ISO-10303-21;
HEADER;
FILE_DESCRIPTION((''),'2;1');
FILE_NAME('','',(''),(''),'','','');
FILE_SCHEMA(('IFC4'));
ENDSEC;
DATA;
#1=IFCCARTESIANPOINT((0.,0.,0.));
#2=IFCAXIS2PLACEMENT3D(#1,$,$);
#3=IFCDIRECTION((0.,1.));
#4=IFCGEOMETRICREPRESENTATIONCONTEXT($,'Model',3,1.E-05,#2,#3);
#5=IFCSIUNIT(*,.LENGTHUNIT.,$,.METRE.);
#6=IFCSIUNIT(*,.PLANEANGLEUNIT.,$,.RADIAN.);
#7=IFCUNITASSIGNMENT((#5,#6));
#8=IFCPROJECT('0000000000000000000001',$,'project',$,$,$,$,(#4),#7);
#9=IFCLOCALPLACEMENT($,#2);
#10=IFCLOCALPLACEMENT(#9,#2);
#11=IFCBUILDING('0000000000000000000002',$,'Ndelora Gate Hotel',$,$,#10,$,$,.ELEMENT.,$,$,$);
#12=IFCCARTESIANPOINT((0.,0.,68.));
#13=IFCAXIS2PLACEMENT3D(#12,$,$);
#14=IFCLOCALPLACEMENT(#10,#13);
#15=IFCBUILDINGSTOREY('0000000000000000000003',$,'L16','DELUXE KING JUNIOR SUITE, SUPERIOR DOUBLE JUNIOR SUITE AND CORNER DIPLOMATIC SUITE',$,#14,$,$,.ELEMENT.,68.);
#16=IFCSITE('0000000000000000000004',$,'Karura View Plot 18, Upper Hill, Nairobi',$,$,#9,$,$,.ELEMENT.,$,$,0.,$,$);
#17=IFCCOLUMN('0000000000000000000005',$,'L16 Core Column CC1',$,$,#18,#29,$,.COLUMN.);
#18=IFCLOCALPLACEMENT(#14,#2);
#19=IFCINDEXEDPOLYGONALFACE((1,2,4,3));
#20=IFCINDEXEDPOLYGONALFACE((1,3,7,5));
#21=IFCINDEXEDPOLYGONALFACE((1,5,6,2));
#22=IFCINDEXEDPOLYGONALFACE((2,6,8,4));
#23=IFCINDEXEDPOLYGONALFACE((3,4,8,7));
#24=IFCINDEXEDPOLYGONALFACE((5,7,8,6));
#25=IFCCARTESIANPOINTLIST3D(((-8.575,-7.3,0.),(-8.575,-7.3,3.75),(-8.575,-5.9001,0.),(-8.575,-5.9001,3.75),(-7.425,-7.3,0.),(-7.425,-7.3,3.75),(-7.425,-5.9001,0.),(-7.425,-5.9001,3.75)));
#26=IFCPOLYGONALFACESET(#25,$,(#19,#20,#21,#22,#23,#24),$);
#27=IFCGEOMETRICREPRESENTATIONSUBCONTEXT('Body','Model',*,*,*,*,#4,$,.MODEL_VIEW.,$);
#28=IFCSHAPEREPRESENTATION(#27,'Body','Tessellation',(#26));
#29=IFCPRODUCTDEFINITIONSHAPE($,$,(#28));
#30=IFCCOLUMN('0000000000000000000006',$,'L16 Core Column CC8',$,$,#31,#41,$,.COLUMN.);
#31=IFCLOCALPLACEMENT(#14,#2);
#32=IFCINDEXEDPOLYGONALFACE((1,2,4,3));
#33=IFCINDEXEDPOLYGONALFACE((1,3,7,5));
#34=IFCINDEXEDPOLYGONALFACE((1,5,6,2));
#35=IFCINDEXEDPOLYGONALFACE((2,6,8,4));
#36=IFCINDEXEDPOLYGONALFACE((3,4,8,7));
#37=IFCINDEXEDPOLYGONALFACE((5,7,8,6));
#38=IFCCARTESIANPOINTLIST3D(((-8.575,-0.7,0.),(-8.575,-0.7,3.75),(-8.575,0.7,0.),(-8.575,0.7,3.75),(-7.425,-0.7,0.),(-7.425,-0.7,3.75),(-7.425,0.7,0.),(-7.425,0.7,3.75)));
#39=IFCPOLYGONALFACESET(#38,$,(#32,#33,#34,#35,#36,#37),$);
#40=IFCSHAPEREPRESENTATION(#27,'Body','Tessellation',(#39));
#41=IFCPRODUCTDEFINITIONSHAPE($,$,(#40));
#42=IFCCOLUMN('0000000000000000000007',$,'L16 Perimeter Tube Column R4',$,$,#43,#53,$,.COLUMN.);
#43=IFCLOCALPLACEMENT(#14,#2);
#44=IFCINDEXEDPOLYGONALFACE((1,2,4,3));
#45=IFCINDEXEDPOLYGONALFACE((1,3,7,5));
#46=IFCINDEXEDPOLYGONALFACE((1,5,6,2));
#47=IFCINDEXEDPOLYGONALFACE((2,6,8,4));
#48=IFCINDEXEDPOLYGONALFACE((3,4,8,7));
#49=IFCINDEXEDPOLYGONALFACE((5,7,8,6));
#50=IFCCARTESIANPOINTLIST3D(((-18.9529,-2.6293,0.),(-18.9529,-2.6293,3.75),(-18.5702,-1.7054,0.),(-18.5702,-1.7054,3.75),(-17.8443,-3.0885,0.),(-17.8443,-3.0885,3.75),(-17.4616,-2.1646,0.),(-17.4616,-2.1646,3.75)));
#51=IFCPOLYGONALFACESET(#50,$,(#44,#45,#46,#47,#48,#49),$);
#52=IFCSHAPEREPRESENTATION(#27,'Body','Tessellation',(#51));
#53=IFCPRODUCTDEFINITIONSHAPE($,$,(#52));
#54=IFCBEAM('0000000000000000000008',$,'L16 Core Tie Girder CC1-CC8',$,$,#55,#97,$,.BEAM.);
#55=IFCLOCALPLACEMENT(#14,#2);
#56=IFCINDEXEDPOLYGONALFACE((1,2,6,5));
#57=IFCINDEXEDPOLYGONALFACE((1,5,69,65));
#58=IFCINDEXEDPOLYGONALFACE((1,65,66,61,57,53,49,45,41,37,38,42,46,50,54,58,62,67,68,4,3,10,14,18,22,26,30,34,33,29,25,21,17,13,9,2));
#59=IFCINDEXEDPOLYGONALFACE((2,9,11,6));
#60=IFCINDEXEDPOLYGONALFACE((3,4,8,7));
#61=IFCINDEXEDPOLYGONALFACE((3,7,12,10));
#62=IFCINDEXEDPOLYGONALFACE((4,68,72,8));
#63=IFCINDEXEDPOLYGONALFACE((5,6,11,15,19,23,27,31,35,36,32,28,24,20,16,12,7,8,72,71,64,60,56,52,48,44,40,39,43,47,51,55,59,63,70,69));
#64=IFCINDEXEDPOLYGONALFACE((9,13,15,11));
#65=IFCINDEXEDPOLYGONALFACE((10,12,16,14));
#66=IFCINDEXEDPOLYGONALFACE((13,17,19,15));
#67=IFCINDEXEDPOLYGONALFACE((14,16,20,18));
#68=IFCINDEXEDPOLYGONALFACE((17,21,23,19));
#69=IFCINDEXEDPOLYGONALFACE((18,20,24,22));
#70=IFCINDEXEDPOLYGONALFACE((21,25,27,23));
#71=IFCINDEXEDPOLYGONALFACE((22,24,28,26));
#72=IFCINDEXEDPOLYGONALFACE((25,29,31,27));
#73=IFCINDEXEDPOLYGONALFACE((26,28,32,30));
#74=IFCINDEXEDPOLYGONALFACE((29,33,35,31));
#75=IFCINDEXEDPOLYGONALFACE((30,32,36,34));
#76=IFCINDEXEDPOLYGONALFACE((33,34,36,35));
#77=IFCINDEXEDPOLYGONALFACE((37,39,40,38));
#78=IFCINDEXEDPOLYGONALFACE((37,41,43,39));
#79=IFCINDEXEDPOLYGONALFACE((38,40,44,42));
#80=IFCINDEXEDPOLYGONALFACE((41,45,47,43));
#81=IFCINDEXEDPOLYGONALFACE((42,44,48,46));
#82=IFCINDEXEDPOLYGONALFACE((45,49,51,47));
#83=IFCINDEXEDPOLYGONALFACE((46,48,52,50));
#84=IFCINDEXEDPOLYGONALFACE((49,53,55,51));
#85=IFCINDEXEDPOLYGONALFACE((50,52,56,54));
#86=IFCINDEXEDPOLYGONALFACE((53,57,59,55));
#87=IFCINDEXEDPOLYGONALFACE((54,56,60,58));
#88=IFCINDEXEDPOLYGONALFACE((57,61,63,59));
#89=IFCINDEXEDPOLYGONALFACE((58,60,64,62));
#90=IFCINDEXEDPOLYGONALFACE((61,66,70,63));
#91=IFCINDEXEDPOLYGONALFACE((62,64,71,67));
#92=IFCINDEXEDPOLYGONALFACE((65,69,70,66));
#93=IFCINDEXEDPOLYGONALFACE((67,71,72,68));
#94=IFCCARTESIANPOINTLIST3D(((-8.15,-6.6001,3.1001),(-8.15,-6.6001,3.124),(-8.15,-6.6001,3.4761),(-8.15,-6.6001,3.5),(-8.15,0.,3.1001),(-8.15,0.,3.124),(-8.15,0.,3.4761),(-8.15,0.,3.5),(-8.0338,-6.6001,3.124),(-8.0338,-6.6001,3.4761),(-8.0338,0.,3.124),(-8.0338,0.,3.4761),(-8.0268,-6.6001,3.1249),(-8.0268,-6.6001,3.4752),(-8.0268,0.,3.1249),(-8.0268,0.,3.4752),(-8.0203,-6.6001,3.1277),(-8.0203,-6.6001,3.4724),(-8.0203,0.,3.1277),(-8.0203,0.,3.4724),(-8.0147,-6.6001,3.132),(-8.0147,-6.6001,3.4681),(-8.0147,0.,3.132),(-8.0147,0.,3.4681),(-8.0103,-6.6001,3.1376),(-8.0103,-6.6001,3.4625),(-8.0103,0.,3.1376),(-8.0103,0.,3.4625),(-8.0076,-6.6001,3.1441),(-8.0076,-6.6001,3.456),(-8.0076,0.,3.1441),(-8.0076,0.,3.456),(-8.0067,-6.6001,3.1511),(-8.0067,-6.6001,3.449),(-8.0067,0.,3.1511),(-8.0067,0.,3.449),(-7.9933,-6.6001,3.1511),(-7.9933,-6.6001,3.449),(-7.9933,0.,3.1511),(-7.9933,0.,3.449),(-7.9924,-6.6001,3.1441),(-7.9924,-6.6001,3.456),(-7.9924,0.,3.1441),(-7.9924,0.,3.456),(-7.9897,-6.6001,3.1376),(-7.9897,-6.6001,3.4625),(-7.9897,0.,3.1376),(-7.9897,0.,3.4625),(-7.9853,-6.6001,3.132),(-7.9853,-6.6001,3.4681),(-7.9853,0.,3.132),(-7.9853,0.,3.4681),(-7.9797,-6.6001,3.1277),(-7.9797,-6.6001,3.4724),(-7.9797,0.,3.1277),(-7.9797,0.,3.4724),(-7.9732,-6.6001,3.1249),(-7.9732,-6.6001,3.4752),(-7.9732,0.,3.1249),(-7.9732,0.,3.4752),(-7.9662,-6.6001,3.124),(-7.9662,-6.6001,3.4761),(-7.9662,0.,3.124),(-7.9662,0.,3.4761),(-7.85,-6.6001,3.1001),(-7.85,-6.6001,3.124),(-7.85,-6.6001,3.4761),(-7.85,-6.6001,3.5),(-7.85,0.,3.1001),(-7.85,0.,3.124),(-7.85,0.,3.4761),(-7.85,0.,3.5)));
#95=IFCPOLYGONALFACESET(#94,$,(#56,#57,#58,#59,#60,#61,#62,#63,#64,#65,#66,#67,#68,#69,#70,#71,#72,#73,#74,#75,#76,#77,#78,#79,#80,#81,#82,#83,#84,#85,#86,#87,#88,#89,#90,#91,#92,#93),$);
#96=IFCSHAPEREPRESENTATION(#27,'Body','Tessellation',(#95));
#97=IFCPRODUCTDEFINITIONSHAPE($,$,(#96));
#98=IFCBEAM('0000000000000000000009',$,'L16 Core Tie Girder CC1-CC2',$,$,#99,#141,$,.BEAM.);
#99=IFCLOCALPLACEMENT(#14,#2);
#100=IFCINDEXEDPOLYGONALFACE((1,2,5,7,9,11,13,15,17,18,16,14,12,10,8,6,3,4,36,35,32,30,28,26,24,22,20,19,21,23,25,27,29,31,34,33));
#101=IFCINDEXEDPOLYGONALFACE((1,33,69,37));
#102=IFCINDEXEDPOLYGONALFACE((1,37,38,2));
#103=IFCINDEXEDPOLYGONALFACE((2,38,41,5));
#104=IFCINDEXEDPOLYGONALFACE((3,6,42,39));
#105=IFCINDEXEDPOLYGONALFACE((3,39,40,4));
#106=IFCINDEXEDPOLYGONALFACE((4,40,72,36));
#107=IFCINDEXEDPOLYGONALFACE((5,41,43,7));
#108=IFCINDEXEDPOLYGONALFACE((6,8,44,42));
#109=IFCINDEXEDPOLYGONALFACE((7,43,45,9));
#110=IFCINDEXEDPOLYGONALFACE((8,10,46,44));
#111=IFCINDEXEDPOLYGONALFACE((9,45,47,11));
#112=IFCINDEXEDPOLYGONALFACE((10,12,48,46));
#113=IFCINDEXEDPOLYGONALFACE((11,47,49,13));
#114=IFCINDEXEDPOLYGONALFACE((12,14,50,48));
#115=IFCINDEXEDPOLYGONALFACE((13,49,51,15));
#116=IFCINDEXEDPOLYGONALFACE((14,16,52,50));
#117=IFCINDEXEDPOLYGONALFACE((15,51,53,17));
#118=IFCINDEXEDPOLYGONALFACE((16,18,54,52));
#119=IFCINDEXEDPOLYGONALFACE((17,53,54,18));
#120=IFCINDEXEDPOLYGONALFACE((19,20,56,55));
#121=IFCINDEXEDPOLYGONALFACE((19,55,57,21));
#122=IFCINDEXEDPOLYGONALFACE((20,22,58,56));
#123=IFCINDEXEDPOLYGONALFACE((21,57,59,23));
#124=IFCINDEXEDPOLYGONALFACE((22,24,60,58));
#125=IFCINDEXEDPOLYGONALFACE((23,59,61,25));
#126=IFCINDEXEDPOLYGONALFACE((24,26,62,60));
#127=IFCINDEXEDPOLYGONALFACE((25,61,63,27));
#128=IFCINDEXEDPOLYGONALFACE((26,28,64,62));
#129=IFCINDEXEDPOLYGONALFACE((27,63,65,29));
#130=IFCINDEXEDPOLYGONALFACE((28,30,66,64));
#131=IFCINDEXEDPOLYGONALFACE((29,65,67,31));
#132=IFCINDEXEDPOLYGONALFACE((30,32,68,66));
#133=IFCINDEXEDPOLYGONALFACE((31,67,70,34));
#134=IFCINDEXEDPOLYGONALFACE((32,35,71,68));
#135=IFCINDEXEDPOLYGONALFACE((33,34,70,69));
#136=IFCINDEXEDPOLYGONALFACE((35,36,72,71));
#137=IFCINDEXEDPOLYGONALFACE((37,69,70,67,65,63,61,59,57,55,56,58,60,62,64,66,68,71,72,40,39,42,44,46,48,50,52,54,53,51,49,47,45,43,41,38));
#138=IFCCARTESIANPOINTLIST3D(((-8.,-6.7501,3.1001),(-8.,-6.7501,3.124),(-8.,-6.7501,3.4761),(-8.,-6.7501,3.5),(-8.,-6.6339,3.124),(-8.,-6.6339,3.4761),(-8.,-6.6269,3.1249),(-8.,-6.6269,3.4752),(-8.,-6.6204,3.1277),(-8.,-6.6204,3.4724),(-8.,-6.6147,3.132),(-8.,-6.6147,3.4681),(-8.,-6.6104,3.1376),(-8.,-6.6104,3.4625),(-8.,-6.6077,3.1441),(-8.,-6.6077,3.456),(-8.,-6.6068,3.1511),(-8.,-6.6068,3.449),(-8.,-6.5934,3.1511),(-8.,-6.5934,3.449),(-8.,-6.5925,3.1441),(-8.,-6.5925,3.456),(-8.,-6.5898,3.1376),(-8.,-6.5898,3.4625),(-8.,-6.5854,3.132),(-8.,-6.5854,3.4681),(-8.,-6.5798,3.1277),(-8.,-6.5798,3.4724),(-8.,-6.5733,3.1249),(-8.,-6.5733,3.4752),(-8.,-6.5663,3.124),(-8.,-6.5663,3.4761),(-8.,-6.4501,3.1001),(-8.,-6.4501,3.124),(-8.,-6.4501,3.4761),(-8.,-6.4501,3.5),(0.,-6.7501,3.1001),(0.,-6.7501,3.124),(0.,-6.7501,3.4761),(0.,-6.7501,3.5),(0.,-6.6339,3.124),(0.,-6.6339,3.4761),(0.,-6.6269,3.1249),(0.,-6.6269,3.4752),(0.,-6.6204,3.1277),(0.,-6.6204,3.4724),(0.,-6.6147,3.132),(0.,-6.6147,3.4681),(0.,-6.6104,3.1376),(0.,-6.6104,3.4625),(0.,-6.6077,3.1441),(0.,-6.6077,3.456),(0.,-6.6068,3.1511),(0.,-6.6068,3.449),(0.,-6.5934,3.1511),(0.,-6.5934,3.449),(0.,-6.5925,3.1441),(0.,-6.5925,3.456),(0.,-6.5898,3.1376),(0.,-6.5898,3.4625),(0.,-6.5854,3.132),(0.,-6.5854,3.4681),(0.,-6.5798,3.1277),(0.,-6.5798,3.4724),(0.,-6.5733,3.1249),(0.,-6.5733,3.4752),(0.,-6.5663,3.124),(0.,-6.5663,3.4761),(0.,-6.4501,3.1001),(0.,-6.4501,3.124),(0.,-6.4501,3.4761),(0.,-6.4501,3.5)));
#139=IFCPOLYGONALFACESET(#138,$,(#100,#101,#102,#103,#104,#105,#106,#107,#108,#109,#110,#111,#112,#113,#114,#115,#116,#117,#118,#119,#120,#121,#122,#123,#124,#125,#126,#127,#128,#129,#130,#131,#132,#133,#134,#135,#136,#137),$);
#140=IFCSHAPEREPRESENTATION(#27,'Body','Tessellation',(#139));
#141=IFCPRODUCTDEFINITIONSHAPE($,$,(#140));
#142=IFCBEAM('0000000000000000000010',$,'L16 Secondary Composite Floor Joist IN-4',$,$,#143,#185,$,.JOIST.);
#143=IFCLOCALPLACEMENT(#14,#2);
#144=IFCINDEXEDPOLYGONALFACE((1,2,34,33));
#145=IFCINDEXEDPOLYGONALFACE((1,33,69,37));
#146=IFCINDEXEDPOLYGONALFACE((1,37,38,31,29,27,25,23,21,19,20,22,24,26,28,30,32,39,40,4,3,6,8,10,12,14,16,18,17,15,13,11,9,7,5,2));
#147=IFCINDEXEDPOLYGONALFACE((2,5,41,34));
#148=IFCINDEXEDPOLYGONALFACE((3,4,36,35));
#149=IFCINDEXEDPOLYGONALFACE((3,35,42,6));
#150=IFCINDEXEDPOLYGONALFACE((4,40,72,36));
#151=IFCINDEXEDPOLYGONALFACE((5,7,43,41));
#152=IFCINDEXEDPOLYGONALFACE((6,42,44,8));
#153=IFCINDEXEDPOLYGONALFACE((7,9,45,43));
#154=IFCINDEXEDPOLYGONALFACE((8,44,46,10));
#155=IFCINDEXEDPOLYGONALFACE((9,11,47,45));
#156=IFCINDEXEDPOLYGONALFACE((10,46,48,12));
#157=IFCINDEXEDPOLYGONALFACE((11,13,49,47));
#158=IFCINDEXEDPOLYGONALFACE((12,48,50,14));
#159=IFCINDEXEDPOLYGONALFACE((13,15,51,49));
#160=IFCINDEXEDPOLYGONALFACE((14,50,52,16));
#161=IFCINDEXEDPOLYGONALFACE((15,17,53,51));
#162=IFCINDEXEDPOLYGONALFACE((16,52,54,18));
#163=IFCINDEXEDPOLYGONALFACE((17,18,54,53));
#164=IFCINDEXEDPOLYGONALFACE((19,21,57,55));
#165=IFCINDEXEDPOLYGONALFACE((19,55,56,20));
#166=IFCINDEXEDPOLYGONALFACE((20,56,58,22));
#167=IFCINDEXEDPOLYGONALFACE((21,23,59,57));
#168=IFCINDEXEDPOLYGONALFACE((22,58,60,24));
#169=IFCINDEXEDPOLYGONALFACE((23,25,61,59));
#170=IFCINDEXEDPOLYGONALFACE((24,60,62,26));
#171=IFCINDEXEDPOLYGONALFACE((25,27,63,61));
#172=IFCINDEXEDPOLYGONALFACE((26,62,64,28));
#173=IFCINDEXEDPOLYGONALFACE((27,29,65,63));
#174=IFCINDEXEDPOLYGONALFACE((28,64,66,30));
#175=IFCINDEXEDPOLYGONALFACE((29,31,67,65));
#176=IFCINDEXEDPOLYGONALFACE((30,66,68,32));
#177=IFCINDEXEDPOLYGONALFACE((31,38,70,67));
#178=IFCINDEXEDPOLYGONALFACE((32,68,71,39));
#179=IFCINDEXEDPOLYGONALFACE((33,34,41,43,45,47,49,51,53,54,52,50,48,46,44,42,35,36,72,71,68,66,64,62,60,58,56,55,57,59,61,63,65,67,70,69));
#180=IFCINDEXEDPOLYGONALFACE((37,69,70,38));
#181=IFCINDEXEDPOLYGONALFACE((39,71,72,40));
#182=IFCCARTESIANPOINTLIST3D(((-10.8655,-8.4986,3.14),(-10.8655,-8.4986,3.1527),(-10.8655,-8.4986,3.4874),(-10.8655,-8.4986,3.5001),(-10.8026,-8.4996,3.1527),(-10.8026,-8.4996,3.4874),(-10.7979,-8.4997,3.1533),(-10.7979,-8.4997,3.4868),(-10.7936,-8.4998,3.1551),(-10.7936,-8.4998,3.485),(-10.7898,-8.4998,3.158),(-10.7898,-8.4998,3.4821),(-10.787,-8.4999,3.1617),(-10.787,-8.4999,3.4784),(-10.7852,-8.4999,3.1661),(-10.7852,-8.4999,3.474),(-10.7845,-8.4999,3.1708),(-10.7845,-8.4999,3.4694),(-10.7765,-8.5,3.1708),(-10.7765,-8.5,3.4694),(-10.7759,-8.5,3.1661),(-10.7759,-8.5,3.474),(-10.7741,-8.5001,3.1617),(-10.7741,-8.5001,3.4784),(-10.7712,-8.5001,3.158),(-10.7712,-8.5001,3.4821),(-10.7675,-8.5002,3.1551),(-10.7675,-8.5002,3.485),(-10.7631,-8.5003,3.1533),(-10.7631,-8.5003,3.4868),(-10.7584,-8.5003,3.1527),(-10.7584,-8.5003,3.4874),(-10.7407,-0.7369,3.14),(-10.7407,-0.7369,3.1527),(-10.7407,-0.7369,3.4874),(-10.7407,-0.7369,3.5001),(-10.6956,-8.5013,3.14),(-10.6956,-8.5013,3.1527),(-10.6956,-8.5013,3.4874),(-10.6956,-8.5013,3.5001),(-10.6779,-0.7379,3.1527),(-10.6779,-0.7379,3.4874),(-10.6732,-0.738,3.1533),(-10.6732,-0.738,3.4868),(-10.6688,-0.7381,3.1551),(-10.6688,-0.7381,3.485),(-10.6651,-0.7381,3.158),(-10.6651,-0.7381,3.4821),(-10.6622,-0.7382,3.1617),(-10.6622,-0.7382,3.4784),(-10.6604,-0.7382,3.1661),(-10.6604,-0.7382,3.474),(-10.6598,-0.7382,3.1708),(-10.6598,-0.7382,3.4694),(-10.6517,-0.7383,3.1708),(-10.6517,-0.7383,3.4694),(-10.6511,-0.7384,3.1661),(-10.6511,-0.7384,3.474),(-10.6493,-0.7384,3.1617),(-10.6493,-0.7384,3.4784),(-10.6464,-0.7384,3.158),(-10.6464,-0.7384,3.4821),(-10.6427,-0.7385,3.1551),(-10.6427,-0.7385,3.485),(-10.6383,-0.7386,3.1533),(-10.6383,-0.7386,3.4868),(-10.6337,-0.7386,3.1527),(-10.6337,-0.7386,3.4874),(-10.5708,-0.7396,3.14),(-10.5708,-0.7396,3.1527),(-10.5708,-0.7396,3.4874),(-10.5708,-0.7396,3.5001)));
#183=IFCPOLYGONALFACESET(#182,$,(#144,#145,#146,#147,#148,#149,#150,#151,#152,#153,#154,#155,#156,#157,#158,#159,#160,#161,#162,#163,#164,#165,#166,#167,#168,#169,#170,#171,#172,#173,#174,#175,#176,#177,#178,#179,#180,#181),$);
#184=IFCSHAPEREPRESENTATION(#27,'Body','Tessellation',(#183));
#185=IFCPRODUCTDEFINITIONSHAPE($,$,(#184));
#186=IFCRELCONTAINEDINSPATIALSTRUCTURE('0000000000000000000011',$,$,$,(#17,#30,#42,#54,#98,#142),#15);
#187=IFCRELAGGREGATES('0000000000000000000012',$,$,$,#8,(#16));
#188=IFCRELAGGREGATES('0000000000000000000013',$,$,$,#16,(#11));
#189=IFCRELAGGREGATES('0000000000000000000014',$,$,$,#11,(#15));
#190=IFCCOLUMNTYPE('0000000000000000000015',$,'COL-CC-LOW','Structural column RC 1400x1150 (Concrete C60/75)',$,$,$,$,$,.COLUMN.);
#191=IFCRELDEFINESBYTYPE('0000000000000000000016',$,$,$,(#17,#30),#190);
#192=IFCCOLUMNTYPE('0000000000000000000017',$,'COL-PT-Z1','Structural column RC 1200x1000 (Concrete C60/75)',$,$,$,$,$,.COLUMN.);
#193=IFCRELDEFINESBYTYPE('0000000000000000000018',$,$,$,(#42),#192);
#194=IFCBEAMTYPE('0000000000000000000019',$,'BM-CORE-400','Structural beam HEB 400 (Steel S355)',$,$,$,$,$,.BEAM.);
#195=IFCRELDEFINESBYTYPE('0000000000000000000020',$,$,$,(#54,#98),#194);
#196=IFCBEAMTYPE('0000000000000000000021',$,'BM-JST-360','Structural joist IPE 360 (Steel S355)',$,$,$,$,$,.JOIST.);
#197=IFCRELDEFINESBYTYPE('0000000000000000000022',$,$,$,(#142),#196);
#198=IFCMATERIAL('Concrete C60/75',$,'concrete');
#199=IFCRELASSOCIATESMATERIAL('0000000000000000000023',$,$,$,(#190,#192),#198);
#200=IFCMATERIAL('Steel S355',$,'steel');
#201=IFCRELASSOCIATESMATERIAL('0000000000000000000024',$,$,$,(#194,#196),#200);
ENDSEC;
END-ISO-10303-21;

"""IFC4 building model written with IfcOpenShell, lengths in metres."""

from ifc_helpers import new_model, si_unit, direction, frame, origin, origin_2d, place, context, subcontext, project, spatial, rectangle, i_section, extrude, material, material_profile, profile_set, type_object, element, save


model = new_model("IFC4")

# Units and contexts
model_context = context("Model", 3, precision=1e-05, world=origin(), true_north=direction((0.0, 1.0)))
body_context = subcontext(model_context, "Body", "Model", "MODEL_VIEW")
ifc_project = project(units=[si_unit("LENGTHUNIT", "METRE"), si_unit("PLANEANGLEUNIT", "RADIAN")], contexts=[model_context])

# Site, building, storey
site_placement = place(None, origin())
site = spatial("IfcSite", under=ifc_project, at=site_placement, Name="Karura View Plot 18, Upper Hill, Nairobi", CompositionType="ELEMENT", RefElevation=0.0)
building_placement = place(site_placement, origin())
building = spatial("IfcBuilding", under=site, at=building_placement, Name="Ndelora Gate Hotel", CompositionType="ELEMENT")
storey_placement = place(building_placement, frame((0.0, 0.0, 68.0)))
storey = spatial("IfcBuildingStorey", under=building, at=storey_placement, Name="L16", Description="DELUXE KING JUNIOR SUITE, SUPERIOR DOUBLE JUNIOR SUITE AND CORNER DIPLOMATIC SUITE", CompositionType="ELEMENT", Elevation=68.0)

# Columns
ifc_material_1 = material(Name="Concrete C60/75", Category="concrete")
ifc_material_profile_1 = material_profile(ifc_material_1, rectangle(XDim=1.1499, YDim=1.3999, at=origin_2d()), Name="RC 1400x1150")
ifc_profile_set_1 = profile_set([ifc_material_profile_1], Name="Concrete C60/75")
column_type_1 = type_object("IfcColumnType", Name="COL-CC-LOW", Description="Structural column RC 1400x1150 (Concrete C60/75)", PredefinedType="COLUMN", material=ifc_profile_set_1)
for number, where, z_axis, x_axis, name in (
    (1, (-8.0, -6.6001, 0.0), (0.0, 0.0, 1.0), (1.0, 0.0, 0.0), "L16 Core Column CC1"),
    (2, (-8.0, 0.0, 0.0), (0.0, 0.0, 1.0), (1.0, 0.0, 0.0), "L16 Core Column CC8"),
):
    element("IfcColumn", number, at=place(storey_placement, frame(where, z_axis=z_axis, x_axis=x_axis)), inside=storey, type_object=column_type_1, Name=name, PredefinedType="COLUMN", context=body_context, shape_type="SweptSolid", body=[
        extrude(rectangle(XDim=1.1499, YDim=1.3999, at=origin_2d()), origin(), (0.0, 0.0, 1.0), 3.75),
    ])
ifc_material_profile_2 = material_profile(ifc_material_1, rectangle(XDim=1.0, YDim=1.2, at=origin_2d()), Name="RC 1200x1000")
ifc_profile_set_2 = profile_set([ifc_material_profile_2], Name="Concrete C60/75")
column_type_2 = type_object("IfcColumnType", Name="COL-PT-Z1", Description="Structural column RC 1200x1000 (Concrete C60/75)", PredefinedType="COLUMN", material=ifc_profile_set_2)
column_placement = place(storey_placement, frame((-18.2073, -2.397, 0.0), z_axis=(0.0, 0.0, 1.0), x_axis=(0.382683, 0.92388, 0.0)))
element("IfcColumn", 3, at=column_placement, inside=storey, type_object=column_type_2, Name="L16 Perimeter Tube Column R4", PredefinedType="COLUMN", context=body_context, shape_type="SweptSolid", body=[
    extrude(rectangle(XDim=1.0, YDim=1.2, at=origin_2d()), origin(), (0.0, 0.0, 1.0), 3.75),
])

# Beams
ifc_material_2 = material(Name="Steel S355", Category="steel")
ifc_material_profile_3 = material_profile(ifc_material_2, i_section(OverallWidth=0.3, OverallDepth=0.3999, WebThickness=0.0134, FlangeThickness=0.0239, FilletRadius=0.0271, at=origin_2d()), Name="HEB 400")
ifc_profile_set_3 = profile_set([ifc_material_profile_3], Name="Steel S355")
beam_type_1 = type_object("IfcBeamType", Name="BM-CORE-400", Description="Structural beam HEB 400 (Steel S355)", PredefinedType="BEAM", material=ifc_profile_set_3)
beam_1_placement = place(storey_placement, frame((-8.0, -6.6001, 3.3), z_axis=(0.0, 1.0, 0.0), x_axis=(-1.0, 0.0, 0.0)))
element("IfcBeam", 4, at=beam_1_placement, inside=storey, type_object=beam_type_1, Name="L16 Core Tie Girder CC1-CC8", PredefinedType="BEAM", context=body_context, shape_type="SweptSolid", body=[
    extrude(i_section(OverallWidth=0.3, OverallDepth=0.3999, WebThickness=0.0134, FlangeThickness=0.0239, FilletRadius=0.0271, at=origin_2d()), origin(), (0.0, 0.0, 1.0), 6.6001),
])
beam_2_placement = place(storey_placement, frame((-8.0, -6.6001, 3.3), z_axis=(1.0, 0.0, 0.0), x_axis=(0.0, 1.0, 0.0)))
element("IfcBeam", 5, at=beam_2_placement, inside=storey, type_object=beam_type_1, Name="L16 Core Tie Girder CC1-CC2", PredefinedType="BEAM", context=body_context, shape_type="SweptSolid", body=[
    extrude(i_section(OverallWidth=0.3, OverallDepth=0.3999, WebThickness=0.0134, FlangeThickness=0.0239, FilletRadius=0.0271, at=origin_2d()), origin(), (0.0, 0.0, 1.0), 8.0),
])
ifc_material_profile_4 = material_profile(ifc_material_2, i_section(OverallWidth=0.1699, OverallDepth=0.3601, WebThickness=0.0081, FlangeThickness=0.0127, FilletRadius=0.0181, at=origin_2d()), Name="IPE 360")
ifc_profile_set_4 = profile_set([ifc_material_profile_4], Name="Steel S355")
beam_type_2 = type_object("IfcBeamType", Name="BM-JST-360", Description="Structural joist IPE 360 (Steel S355)", PredefinedType="JOIST", material=ifc_profile_set_4)
beam_3_placement = place(storey_placement, frame((-10.6558, -0.7383, 3.3201), z_axis=(-0.016071, -0.999871, 0.0), x_axis=(0.999871, -0.016071, 0.0)))
element("IfcBeam", 6, at=beam_3_placement, inside=storey, type_object=beam_type_2, Name="L16 Secondary Composite Floor Joist IN-4", PredefinedType="JOIST", context=body_context, shape_type="SweptSolid", body=[
    extrude(i_section(OverallWidth=0.1699, OverallDepth=0.3601, WebThickness=0.0081, FlangeThickness=0.0127, FilletRadius=0.0181, at=origin_2d()), origin(), (0.0, 0.0, 1.0), 7.7627),
])

save(model, "model.ifc")
